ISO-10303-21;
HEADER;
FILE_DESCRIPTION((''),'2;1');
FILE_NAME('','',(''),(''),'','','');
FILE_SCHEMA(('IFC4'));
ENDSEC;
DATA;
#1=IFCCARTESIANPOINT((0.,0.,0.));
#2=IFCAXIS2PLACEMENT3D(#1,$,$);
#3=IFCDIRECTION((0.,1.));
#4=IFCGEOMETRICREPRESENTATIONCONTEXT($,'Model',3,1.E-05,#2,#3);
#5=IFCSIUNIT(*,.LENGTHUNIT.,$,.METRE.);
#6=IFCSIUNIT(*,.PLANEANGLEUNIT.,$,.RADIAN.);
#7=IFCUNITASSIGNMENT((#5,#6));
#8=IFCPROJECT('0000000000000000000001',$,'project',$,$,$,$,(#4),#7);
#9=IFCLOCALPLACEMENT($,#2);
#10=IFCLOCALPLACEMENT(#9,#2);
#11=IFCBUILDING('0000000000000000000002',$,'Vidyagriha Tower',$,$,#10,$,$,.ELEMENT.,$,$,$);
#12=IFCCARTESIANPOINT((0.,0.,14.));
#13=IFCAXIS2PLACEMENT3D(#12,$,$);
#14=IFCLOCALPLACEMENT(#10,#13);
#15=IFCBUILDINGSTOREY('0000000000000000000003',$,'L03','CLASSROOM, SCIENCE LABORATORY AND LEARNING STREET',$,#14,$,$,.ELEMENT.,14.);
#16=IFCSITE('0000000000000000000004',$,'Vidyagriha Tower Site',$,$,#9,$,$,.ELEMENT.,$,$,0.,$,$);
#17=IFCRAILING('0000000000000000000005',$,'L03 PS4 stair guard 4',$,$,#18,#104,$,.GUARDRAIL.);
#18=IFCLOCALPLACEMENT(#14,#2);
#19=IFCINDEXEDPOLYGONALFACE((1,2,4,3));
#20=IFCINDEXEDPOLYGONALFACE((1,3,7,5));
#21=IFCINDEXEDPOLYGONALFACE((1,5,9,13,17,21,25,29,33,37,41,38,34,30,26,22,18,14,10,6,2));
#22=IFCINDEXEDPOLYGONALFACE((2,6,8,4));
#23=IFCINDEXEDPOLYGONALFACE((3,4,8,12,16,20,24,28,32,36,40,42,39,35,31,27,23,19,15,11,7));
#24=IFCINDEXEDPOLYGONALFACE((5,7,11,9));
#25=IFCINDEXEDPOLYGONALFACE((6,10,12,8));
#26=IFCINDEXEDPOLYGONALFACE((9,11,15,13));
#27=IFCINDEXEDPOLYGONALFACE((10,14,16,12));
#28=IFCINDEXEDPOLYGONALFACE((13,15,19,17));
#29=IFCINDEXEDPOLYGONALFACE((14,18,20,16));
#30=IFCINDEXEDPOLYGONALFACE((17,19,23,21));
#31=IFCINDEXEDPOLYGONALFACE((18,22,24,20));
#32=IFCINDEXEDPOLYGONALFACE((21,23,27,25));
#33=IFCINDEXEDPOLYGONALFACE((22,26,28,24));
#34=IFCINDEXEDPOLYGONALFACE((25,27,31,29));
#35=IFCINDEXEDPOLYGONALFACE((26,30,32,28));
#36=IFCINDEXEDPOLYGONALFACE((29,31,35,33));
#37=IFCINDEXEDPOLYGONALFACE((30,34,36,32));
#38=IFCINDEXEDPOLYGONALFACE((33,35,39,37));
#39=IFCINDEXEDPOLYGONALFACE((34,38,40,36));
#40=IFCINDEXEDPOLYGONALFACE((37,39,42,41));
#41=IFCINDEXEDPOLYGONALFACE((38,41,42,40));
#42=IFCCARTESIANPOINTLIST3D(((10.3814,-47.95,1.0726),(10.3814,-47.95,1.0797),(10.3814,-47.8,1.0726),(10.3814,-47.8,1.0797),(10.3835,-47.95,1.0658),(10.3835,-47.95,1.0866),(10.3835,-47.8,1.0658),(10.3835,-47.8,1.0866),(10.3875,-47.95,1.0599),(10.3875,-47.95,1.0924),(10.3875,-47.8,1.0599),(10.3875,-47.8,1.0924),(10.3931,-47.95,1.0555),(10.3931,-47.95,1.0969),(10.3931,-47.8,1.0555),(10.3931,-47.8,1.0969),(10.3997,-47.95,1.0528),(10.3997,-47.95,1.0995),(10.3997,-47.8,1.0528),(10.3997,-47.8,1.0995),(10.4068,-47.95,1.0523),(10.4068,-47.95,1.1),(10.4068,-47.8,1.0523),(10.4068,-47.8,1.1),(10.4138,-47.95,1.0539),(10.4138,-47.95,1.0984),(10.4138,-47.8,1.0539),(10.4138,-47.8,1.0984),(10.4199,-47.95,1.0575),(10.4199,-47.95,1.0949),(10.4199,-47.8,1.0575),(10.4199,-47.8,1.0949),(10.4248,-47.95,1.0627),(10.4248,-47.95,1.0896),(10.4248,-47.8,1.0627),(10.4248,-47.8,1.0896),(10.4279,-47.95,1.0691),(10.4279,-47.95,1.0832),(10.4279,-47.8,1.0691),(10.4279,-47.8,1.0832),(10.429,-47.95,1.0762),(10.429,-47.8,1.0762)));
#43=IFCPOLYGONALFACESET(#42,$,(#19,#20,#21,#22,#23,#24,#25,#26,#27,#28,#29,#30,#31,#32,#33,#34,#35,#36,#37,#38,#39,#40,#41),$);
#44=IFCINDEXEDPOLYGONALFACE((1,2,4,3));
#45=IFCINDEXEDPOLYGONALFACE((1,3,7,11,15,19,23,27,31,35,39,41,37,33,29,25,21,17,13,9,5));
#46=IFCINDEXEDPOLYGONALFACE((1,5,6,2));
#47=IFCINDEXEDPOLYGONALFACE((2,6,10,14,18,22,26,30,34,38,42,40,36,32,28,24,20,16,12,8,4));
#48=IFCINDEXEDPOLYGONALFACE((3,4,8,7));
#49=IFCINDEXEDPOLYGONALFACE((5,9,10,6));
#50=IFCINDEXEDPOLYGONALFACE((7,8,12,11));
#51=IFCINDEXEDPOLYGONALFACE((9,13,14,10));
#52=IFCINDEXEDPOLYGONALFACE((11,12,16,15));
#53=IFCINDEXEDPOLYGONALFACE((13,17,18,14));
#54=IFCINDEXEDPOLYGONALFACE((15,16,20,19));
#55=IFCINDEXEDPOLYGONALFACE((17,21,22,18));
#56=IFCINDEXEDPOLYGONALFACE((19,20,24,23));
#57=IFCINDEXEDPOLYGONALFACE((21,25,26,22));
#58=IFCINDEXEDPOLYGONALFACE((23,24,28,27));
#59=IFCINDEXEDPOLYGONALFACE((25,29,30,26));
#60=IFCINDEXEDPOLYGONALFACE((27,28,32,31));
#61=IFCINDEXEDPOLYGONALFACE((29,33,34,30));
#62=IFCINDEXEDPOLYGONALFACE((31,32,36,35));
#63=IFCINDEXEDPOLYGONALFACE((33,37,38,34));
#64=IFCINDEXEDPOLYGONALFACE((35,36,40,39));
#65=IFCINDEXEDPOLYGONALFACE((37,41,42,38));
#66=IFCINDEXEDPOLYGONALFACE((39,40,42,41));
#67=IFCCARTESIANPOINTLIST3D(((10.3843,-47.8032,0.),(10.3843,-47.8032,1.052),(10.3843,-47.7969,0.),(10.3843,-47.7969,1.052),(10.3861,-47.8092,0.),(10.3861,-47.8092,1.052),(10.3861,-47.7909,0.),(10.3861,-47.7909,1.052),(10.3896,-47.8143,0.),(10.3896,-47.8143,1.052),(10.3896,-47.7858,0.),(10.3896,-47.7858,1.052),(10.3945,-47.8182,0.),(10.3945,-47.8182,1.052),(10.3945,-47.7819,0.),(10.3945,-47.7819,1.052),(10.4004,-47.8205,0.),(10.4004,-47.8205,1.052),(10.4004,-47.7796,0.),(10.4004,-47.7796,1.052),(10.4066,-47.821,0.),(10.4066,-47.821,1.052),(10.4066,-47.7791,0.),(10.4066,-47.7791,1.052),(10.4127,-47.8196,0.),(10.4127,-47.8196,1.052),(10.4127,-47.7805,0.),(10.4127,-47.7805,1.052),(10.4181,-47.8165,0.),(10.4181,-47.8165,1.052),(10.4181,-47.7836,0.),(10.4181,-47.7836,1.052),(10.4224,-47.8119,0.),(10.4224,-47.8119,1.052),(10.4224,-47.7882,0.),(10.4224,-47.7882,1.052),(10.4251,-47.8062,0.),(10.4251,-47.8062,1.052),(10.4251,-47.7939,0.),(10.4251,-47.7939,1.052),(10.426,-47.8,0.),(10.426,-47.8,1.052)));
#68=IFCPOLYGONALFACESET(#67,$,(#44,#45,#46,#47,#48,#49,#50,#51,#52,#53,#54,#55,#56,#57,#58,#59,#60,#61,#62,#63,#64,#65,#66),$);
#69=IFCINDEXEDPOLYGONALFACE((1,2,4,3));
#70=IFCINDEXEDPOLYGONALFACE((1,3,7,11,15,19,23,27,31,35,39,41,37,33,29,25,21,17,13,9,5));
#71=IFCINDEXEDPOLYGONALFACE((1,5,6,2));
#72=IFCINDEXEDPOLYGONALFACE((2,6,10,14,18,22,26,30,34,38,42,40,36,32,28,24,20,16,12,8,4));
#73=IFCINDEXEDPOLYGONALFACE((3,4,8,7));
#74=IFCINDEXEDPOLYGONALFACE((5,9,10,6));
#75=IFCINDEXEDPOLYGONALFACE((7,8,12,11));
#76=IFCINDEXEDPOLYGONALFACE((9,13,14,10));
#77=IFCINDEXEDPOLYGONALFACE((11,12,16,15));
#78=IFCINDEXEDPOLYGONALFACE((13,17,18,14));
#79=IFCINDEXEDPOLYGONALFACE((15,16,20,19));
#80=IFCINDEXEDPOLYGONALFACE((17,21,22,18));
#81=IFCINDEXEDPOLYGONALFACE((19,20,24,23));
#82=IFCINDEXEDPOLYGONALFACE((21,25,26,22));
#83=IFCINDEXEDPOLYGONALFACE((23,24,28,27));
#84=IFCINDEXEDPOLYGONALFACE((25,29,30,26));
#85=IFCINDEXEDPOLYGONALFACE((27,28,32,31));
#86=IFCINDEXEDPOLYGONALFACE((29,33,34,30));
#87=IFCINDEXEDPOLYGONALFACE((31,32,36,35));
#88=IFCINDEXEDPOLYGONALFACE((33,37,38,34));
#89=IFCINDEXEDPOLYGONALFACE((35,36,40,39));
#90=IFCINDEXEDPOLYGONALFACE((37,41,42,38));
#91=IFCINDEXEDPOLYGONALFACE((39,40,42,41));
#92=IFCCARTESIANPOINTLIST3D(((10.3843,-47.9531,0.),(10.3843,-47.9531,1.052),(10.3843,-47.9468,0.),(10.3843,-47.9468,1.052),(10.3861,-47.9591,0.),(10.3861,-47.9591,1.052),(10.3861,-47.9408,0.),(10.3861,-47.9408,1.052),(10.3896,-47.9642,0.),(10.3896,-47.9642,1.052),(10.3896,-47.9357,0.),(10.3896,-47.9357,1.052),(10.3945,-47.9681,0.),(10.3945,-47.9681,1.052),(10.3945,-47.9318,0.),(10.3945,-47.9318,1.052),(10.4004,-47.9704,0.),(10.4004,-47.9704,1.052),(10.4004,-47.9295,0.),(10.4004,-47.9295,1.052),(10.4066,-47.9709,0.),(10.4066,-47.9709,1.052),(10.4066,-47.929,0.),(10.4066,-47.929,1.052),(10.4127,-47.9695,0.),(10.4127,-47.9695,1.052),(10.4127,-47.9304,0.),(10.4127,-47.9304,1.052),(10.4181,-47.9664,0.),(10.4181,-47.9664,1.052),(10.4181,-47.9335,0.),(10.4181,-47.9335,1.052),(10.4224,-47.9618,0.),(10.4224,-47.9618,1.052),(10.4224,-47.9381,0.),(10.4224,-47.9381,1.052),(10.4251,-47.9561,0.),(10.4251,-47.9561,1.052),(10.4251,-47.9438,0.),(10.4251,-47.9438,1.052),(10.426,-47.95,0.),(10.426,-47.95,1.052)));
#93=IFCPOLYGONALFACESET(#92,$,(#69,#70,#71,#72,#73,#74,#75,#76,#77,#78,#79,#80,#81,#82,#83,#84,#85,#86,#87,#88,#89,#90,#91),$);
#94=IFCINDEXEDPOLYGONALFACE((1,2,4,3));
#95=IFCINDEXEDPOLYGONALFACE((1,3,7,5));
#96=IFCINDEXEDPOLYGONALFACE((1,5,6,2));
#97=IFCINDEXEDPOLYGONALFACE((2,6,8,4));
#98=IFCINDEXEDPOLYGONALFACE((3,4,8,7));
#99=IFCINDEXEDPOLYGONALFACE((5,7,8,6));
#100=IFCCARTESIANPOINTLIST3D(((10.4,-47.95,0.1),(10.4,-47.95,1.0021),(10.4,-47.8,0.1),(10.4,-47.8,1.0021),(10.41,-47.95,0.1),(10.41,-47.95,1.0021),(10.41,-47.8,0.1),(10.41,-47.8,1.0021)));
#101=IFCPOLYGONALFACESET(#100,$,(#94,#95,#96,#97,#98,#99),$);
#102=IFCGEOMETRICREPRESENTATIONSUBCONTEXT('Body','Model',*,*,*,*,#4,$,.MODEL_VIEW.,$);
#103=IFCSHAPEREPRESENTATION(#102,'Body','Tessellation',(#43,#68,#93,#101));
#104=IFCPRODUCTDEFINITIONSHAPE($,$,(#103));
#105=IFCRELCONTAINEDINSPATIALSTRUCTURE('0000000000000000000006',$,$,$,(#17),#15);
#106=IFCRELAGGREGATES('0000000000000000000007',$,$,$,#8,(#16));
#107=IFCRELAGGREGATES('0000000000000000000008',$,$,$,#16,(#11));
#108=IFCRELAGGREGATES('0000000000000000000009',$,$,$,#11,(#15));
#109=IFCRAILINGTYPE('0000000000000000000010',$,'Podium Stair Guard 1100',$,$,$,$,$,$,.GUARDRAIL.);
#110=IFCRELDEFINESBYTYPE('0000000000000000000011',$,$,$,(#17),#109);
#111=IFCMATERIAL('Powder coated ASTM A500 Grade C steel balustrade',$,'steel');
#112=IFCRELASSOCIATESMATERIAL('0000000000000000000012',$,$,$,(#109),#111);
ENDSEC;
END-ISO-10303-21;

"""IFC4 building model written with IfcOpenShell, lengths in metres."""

from ifc_helpers import new_model, si_unit, direction, frame, origin, origin_2d, place, context, subcontext, project, spatial, rectangle, circle, extrude, material, type_object, element, save


model = new_model("IFC4")

# Units and contexts
model_context = context("Model", 3, precision=1e-05, world=origin(), true_north=direction((0.0, 1.0)))
body_context = subcontext(model_context, "Body", "Model", "MODEL_VIEW")
ifc_project = project(units=[si_unit("LENGTHUNIT", "METRE"), si_unit("PLANEANGLEUNIT", "RADIAN")], contexts=[model_context])

# Site, building, storey
site_placement = place(None, origin())
site = spatial("IfcSite", under=ifc_project, at=site_placement, Name="Vidyagriha Tower Site", CompositionType="ELEMENT", RefElevation=0.0)
building_placement = place(site_placement, origin())
building = spatial("IfcBuilding", under=site, at=building_placement, Name="Vidyagriha Tower", CompositionType="ELEMENT")
storey_placement = place(building_placement, frame((0.0, 0.0, 14.0)))
storey = spatial("IfcBuildingStorey", under=building, at=storey_placement, Name="L03", Description="CLASSROOM, SCIENCE LABORATORY AND LEARNING STREET", CompositionType="ELEMENT", Elevation=14.0)

# Railing
ifc_material_1 = material(Name="Powder coated ASTM A500 Grade C steel balustrade", Category="steel")
railing_type_1 = type_object("IfcRailingType", Name="Podium Stair Guard 1100", PredefinedType="GUARDRAIL", material=ifc_material_1)
railing_1_placement = place(storey_placement, frame((10.405, -47.8, 0.0)))
element("IfcRailing", 1, at=railing_1_placement, inside=storey, type_object=railing_type_1, Name="L03 PS4 stair guard 4", PredefinedType="GUARDRAIL", context=body_context, shape_type="SweptSolid", body=[
    extrude(circle(Radius=0.0239, at=origin_2d()), frame((0.0, 0.0, 1.0762), z_axis=(0.0, -1.0, 0.0), x_axis=(1.0, 0.0, 0.0)), (0.0, 0.0, 1.0), 0.1499),
    extrude(circle(Radius=0.021, at=origin_2d()), origin(), (0.0, 0.0, 1.0), 1.052),
    extrude(circle(Radius=0.021, at=origin_2d()), frame((0.0, -0.1499, 0.0)), (0.0, 0.0, 1.0), 1.052),
    extrude(rectangle(XDim=0.01, YDim=0.9021, at=origin_2d()), frame((0.0, 0.0, 0.551), z_axis=(0.0, -1.0, 0.0), x_axis=(1.0, 0.0, 0.0)), (0.0, 0.0, 1.0), 0.1499),
])

save(model, "model.ifc")
